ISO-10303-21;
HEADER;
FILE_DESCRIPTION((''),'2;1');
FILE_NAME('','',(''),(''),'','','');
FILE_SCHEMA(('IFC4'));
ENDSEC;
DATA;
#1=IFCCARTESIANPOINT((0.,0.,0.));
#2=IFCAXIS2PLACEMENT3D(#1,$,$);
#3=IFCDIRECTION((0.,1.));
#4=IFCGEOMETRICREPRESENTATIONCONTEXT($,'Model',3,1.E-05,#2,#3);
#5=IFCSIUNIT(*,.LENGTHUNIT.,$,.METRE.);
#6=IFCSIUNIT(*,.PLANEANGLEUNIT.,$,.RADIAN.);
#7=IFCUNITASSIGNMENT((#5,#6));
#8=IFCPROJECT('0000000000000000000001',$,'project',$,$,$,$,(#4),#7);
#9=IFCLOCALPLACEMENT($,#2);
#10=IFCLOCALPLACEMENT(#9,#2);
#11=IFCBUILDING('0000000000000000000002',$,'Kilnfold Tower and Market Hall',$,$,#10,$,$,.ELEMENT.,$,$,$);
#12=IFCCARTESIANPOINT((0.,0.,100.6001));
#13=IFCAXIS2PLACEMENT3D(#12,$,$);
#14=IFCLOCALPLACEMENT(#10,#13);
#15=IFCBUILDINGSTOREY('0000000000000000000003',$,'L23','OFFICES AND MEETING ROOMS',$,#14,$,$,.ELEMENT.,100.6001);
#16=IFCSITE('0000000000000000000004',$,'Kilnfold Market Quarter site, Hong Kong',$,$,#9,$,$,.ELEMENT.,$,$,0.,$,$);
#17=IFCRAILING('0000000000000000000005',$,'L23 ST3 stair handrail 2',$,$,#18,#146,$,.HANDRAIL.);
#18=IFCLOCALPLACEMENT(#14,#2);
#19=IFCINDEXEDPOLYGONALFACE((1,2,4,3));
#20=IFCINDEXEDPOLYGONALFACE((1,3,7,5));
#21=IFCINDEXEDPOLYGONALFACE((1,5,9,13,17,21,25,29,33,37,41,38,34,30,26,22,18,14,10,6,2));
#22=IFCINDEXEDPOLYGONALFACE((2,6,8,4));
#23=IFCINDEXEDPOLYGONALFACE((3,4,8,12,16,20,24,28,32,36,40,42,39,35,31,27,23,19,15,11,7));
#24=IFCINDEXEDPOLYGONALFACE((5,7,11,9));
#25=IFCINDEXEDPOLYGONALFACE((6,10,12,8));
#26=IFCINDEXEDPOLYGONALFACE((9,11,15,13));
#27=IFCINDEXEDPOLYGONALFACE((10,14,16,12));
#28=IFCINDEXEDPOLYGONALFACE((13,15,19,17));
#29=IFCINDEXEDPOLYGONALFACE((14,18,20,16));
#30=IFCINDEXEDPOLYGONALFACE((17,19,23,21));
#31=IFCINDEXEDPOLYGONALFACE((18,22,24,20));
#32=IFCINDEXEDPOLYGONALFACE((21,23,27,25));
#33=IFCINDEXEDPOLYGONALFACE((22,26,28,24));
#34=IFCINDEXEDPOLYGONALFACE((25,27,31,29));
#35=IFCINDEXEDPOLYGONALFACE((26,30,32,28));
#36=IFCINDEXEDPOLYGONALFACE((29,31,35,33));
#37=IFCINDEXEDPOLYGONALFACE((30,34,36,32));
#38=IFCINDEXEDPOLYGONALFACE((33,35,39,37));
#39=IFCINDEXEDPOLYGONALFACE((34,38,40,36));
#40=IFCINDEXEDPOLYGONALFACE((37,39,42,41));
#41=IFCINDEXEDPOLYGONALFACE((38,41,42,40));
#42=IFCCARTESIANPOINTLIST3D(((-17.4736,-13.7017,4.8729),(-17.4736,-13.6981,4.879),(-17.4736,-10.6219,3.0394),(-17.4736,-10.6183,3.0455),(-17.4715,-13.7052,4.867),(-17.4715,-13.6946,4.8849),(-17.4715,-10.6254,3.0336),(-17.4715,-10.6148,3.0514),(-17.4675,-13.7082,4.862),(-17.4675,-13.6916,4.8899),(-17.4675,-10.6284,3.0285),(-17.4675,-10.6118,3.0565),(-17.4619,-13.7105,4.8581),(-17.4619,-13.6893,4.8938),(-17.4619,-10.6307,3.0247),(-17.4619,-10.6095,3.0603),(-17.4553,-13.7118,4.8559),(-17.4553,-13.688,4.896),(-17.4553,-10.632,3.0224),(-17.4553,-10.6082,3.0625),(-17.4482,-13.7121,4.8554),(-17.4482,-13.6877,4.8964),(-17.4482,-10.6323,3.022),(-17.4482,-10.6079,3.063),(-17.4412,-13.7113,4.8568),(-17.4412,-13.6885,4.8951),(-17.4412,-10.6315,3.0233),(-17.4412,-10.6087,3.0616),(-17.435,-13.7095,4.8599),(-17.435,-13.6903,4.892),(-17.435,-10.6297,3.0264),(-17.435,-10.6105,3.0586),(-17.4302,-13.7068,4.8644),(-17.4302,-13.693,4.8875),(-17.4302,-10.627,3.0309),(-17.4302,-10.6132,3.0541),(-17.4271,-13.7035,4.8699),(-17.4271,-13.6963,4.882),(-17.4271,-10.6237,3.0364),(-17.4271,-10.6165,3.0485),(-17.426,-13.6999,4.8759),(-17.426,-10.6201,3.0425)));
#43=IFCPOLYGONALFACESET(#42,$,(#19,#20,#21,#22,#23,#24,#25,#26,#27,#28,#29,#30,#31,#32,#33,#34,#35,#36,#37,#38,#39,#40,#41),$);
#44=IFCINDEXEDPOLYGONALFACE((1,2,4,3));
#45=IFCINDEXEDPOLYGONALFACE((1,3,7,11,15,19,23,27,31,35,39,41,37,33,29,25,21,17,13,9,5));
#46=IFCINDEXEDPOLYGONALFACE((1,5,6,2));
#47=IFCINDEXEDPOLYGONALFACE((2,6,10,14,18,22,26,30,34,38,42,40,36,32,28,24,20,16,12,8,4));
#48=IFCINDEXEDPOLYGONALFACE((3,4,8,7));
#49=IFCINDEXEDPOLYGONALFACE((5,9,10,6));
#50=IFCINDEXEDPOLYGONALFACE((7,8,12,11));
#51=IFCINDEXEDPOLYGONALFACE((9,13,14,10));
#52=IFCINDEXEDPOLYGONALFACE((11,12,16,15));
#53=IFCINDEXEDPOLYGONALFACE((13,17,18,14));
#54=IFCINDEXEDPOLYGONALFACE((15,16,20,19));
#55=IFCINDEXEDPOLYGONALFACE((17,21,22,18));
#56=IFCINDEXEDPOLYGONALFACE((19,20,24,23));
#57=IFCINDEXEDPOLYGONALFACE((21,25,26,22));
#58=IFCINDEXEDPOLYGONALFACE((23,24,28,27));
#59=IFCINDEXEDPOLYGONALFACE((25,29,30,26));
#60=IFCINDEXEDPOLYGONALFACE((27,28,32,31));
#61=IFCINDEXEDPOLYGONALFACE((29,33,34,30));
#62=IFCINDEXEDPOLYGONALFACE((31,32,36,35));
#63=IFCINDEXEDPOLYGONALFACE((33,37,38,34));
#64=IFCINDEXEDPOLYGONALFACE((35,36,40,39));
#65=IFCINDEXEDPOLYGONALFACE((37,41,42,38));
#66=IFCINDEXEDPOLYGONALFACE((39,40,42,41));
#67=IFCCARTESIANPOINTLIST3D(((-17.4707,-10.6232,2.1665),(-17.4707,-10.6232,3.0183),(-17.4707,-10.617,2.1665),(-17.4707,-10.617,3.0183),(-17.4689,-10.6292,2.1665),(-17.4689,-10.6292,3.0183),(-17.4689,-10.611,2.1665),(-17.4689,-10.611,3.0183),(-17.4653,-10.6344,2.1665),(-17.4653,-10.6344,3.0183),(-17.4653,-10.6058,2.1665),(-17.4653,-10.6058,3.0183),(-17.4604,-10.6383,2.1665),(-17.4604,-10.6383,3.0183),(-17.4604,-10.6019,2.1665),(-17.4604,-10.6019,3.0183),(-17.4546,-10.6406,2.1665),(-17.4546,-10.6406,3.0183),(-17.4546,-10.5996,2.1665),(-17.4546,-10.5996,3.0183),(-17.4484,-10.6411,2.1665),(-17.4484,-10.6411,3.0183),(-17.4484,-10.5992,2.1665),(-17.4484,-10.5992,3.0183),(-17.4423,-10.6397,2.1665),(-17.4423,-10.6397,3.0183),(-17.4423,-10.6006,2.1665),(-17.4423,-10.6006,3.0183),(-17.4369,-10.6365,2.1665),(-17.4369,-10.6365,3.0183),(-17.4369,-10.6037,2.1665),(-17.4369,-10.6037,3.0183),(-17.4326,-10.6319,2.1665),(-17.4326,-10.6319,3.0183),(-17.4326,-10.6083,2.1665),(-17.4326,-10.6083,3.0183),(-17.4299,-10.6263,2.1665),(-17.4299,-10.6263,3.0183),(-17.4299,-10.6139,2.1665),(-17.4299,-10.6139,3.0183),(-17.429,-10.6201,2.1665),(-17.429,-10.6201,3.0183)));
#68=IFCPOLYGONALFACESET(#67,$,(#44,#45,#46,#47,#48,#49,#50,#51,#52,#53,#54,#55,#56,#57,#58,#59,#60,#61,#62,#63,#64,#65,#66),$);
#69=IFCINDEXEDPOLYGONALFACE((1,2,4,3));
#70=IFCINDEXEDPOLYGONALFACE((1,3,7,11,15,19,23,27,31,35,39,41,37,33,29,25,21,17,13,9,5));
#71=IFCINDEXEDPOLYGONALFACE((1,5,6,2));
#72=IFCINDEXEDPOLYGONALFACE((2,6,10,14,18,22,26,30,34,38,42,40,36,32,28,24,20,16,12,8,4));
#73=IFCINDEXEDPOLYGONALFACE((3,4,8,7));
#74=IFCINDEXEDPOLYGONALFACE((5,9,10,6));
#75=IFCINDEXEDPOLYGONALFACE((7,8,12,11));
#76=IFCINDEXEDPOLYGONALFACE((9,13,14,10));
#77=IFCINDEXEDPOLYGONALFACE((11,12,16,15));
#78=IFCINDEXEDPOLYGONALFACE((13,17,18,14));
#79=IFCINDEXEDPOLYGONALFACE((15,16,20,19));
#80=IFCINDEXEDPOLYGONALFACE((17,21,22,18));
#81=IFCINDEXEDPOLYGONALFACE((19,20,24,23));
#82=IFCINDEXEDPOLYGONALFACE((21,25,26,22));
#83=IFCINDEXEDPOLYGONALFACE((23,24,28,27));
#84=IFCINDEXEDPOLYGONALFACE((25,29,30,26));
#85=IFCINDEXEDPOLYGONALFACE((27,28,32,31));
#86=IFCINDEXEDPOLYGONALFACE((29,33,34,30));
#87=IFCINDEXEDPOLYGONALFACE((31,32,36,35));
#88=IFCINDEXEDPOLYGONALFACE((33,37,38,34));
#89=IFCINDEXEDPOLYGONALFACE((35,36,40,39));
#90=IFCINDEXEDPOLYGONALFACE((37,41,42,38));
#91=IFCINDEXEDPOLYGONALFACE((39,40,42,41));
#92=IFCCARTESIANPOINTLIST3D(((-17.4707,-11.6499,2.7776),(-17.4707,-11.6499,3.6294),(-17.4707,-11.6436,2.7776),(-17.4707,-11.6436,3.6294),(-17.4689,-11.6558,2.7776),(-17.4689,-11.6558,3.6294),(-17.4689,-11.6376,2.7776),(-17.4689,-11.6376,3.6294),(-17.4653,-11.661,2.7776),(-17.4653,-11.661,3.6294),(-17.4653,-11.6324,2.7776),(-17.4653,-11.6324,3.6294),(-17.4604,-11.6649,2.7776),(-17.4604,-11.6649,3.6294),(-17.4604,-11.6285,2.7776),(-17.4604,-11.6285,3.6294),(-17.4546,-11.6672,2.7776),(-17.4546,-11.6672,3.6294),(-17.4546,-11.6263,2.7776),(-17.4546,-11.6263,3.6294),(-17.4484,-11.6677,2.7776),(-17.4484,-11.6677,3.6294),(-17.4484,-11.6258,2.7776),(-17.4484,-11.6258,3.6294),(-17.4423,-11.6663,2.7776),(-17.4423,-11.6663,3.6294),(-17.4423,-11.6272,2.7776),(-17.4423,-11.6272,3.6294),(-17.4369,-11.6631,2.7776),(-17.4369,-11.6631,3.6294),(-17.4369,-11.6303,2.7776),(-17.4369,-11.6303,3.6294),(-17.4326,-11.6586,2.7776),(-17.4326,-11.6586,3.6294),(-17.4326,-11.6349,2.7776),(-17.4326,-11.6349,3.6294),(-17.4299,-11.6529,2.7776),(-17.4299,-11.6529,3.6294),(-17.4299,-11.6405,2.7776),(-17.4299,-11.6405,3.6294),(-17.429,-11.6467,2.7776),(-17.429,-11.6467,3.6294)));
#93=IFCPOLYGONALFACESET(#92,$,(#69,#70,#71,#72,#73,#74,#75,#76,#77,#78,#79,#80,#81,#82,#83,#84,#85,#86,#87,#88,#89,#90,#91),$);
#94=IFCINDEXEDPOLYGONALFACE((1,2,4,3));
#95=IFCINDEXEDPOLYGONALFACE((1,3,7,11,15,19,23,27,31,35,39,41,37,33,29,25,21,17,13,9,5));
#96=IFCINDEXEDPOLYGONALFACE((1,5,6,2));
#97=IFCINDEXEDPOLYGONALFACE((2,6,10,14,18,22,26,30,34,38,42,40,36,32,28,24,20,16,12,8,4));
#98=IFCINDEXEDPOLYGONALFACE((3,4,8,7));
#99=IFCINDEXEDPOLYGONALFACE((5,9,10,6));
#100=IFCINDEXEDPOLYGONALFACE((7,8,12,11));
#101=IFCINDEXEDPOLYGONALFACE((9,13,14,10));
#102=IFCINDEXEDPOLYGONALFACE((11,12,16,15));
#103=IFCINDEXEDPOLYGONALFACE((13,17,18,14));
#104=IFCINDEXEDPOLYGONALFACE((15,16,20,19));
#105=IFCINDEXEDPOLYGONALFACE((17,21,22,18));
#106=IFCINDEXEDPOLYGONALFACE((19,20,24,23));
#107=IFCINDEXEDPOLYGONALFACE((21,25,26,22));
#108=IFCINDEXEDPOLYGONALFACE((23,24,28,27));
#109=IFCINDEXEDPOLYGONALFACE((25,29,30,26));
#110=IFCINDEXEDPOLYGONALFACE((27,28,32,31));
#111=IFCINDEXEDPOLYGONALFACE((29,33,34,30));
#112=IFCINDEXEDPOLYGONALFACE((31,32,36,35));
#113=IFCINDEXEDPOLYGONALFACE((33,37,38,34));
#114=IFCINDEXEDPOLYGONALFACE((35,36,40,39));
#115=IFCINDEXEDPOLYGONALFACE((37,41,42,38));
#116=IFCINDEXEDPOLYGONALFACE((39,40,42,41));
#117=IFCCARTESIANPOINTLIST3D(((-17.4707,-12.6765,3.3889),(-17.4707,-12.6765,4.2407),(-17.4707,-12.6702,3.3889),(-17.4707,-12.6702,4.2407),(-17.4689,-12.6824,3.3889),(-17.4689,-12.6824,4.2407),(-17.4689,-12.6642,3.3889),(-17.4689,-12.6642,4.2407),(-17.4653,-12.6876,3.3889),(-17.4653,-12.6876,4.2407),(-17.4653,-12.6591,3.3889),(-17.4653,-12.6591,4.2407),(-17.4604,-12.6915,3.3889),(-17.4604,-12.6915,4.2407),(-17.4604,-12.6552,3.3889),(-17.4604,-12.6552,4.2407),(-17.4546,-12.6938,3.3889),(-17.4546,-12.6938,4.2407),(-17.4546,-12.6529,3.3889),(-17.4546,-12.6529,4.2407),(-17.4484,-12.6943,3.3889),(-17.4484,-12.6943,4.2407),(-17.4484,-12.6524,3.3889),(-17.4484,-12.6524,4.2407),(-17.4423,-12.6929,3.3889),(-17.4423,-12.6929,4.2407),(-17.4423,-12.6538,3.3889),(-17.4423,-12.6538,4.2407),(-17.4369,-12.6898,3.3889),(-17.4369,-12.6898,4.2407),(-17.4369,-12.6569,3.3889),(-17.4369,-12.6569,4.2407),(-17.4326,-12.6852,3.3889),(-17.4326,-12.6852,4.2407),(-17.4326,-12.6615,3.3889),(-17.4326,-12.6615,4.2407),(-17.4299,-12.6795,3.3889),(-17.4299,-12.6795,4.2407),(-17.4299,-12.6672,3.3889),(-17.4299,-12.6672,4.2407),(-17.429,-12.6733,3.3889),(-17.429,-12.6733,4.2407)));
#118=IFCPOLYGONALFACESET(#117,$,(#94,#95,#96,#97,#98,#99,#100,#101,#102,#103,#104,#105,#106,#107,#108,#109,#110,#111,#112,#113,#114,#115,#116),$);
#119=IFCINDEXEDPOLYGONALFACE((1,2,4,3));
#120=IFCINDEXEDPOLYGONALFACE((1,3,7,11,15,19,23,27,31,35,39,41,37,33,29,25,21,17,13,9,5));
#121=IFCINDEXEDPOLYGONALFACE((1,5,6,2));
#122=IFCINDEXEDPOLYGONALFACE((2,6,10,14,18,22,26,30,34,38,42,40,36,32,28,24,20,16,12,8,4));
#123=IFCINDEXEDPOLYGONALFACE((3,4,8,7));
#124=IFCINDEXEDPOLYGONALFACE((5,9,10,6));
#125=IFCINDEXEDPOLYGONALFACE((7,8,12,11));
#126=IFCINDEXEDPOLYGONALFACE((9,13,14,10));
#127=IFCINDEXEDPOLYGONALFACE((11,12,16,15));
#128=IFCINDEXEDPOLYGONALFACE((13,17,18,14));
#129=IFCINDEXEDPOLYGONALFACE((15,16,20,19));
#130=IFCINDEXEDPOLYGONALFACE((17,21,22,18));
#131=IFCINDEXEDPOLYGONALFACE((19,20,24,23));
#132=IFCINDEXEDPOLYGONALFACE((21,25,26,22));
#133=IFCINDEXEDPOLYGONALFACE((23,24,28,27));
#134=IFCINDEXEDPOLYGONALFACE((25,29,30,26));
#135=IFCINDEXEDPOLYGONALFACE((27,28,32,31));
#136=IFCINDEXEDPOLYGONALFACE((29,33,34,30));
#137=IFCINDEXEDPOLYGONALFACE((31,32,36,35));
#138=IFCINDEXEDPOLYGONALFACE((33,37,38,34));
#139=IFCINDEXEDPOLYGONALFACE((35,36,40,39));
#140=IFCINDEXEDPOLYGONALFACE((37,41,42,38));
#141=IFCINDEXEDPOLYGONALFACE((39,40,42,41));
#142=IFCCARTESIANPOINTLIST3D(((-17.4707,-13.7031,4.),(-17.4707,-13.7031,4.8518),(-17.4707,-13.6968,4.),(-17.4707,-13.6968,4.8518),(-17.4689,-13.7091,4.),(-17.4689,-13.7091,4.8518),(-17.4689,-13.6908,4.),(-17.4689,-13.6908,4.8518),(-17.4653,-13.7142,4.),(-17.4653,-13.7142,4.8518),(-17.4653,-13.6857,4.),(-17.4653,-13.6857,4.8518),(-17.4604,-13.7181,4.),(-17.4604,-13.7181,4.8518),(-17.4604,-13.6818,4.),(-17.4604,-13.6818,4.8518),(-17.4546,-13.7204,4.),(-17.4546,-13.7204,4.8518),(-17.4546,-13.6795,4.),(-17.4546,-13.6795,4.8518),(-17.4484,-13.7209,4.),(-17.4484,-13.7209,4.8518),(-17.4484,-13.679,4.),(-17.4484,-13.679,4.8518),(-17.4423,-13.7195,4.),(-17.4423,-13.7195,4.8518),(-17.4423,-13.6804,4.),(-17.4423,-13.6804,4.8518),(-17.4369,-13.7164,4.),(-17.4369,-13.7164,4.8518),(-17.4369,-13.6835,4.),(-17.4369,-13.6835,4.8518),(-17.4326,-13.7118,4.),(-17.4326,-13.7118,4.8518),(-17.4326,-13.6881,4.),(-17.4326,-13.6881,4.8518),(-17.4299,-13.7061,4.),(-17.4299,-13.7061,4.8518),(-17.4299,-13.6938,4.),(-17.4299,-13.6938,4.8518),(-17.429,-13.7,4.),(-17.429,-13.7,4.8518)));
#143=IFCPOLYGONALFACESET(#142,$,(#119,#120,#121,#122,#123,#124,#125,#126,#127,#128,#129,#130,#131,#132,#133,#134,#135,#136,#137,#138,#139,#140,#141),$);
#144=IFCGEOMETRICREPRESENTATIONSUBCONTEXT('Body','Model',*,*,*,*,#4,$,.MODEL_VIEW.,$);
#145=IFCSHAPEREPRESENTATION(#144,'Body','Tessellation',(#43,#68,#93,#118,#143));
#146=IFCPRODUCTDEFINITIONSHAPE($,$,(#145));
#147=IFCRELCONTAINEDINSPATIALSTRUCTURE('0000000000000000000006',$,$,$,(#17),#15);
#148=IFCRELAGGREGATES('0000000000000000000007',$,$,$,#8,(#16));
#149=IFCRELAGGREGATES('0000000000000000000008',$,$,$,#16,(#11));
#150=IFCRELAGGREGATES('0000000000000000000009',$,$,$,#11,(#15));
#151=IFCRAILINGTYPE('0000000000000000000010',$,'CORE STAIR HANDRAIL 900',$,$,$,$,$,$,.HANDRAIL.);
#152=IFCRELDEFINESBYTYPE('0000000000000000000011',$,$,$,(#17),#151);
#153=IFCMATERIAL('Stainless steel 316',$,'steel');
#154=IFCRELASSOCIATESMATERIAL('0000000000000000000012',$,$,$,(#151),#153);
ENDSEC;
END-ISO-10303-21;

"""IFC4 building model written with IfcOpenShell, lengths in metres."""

from ifc_helpers import new_model, si_unit, direction, frame, origin, origin_2d, place, context, subcontext, project, spatial, circle, extrude, material, type_object, element, save


model = new_model("IFC4")

# Units and contexts
model_context = context("Model", 3, precision=1e-05, world=origin(), true_north=direction((0.0, 1.0)))
body_context = subcontext(model_context, "Body", "Model", "MODEL_VIEW")
ifc_project = project(units=[si_unit("LENGTHUNIT", "METRE"), si_unit("PLANEANGLEUNIT", "RADIAN")], contexts=[model_context])

# Site, building, storey
site_placement = place(None, origin())
site = spatial("IfcSite", under=ifc_project, at=site_placement, Name="Kilnfold Market Quarter site, Hong Kong", CompositionType="ELEMENT", RefElevation=0.0)
building_placement = place(site_placement, origin())
building = spatial("IfcBuilding", under=site, at=building_placement, Name="Kilnfold Tower and Market Hall", CompositionType="ELEMENT")
storey_placement = place(building_placement, frame((0.0, 0.0, 100.6001)))
storey = spatial("IfcBuildingStorey", under=building, at=storey_placement, Name="L23", Description="OFFICES AND MEETING ROOMS", CompositionType="ELEMENT", Elevation=100.6001)

# Railing
ifc_material_1 = material(Name="Stainless steel 316", Category="steel")
railing_type_1 = type_object("IfcRailingType", Name="CORE STAIR HANDRAIL 900", PredefinedType="HANDRAIL", material=ifc_material_1)
railing_1_placement = place(storey_placement, frame((-17.45, -10.6201, 2.1665)))
element("IfcRailing", 1, at=railing_1_placement, inside=storey, type_object=railing_type_1, Name="L23 ST3 stair handrail 2", PredefinedType="HANDRAIL", context=body_context, shape_type="SweptSolid", body=[
    extrude(circle(Radius=0.0239, at=origin_2d()), frame((0.0, 0.0, 0.876), z_axis=(0.0, -0.859261, 0.511538), x_axis=(1.0, 0.0, 0.0)), (0.0, 0.0, 1.0), 3.5842),
    extrude(circle(Radius=0.021, at=origin_2d()), origin(), (0.0, 0.0, 1.0), 0.8518),
    extrude(circle(Radius=0.021, at=origin_2d()), frame((0.0, -1.0266, 0.6111)), (0.0, 0.0, 1.0), 0.8518),
    extrude(circle(Radius=0.021, at=origin_2d()), frame((0.0, -2.0532, 1.2224)), (0.0, 0.0, 1.0), 0.8518),
    extrude(circle(Radius=0.021, at=origin_2d()), frame((0.0, -3.0798, 1.8335)), (0.0, 0.0, 1.0), 0.8518),
])

save(model, "model.ifc")
